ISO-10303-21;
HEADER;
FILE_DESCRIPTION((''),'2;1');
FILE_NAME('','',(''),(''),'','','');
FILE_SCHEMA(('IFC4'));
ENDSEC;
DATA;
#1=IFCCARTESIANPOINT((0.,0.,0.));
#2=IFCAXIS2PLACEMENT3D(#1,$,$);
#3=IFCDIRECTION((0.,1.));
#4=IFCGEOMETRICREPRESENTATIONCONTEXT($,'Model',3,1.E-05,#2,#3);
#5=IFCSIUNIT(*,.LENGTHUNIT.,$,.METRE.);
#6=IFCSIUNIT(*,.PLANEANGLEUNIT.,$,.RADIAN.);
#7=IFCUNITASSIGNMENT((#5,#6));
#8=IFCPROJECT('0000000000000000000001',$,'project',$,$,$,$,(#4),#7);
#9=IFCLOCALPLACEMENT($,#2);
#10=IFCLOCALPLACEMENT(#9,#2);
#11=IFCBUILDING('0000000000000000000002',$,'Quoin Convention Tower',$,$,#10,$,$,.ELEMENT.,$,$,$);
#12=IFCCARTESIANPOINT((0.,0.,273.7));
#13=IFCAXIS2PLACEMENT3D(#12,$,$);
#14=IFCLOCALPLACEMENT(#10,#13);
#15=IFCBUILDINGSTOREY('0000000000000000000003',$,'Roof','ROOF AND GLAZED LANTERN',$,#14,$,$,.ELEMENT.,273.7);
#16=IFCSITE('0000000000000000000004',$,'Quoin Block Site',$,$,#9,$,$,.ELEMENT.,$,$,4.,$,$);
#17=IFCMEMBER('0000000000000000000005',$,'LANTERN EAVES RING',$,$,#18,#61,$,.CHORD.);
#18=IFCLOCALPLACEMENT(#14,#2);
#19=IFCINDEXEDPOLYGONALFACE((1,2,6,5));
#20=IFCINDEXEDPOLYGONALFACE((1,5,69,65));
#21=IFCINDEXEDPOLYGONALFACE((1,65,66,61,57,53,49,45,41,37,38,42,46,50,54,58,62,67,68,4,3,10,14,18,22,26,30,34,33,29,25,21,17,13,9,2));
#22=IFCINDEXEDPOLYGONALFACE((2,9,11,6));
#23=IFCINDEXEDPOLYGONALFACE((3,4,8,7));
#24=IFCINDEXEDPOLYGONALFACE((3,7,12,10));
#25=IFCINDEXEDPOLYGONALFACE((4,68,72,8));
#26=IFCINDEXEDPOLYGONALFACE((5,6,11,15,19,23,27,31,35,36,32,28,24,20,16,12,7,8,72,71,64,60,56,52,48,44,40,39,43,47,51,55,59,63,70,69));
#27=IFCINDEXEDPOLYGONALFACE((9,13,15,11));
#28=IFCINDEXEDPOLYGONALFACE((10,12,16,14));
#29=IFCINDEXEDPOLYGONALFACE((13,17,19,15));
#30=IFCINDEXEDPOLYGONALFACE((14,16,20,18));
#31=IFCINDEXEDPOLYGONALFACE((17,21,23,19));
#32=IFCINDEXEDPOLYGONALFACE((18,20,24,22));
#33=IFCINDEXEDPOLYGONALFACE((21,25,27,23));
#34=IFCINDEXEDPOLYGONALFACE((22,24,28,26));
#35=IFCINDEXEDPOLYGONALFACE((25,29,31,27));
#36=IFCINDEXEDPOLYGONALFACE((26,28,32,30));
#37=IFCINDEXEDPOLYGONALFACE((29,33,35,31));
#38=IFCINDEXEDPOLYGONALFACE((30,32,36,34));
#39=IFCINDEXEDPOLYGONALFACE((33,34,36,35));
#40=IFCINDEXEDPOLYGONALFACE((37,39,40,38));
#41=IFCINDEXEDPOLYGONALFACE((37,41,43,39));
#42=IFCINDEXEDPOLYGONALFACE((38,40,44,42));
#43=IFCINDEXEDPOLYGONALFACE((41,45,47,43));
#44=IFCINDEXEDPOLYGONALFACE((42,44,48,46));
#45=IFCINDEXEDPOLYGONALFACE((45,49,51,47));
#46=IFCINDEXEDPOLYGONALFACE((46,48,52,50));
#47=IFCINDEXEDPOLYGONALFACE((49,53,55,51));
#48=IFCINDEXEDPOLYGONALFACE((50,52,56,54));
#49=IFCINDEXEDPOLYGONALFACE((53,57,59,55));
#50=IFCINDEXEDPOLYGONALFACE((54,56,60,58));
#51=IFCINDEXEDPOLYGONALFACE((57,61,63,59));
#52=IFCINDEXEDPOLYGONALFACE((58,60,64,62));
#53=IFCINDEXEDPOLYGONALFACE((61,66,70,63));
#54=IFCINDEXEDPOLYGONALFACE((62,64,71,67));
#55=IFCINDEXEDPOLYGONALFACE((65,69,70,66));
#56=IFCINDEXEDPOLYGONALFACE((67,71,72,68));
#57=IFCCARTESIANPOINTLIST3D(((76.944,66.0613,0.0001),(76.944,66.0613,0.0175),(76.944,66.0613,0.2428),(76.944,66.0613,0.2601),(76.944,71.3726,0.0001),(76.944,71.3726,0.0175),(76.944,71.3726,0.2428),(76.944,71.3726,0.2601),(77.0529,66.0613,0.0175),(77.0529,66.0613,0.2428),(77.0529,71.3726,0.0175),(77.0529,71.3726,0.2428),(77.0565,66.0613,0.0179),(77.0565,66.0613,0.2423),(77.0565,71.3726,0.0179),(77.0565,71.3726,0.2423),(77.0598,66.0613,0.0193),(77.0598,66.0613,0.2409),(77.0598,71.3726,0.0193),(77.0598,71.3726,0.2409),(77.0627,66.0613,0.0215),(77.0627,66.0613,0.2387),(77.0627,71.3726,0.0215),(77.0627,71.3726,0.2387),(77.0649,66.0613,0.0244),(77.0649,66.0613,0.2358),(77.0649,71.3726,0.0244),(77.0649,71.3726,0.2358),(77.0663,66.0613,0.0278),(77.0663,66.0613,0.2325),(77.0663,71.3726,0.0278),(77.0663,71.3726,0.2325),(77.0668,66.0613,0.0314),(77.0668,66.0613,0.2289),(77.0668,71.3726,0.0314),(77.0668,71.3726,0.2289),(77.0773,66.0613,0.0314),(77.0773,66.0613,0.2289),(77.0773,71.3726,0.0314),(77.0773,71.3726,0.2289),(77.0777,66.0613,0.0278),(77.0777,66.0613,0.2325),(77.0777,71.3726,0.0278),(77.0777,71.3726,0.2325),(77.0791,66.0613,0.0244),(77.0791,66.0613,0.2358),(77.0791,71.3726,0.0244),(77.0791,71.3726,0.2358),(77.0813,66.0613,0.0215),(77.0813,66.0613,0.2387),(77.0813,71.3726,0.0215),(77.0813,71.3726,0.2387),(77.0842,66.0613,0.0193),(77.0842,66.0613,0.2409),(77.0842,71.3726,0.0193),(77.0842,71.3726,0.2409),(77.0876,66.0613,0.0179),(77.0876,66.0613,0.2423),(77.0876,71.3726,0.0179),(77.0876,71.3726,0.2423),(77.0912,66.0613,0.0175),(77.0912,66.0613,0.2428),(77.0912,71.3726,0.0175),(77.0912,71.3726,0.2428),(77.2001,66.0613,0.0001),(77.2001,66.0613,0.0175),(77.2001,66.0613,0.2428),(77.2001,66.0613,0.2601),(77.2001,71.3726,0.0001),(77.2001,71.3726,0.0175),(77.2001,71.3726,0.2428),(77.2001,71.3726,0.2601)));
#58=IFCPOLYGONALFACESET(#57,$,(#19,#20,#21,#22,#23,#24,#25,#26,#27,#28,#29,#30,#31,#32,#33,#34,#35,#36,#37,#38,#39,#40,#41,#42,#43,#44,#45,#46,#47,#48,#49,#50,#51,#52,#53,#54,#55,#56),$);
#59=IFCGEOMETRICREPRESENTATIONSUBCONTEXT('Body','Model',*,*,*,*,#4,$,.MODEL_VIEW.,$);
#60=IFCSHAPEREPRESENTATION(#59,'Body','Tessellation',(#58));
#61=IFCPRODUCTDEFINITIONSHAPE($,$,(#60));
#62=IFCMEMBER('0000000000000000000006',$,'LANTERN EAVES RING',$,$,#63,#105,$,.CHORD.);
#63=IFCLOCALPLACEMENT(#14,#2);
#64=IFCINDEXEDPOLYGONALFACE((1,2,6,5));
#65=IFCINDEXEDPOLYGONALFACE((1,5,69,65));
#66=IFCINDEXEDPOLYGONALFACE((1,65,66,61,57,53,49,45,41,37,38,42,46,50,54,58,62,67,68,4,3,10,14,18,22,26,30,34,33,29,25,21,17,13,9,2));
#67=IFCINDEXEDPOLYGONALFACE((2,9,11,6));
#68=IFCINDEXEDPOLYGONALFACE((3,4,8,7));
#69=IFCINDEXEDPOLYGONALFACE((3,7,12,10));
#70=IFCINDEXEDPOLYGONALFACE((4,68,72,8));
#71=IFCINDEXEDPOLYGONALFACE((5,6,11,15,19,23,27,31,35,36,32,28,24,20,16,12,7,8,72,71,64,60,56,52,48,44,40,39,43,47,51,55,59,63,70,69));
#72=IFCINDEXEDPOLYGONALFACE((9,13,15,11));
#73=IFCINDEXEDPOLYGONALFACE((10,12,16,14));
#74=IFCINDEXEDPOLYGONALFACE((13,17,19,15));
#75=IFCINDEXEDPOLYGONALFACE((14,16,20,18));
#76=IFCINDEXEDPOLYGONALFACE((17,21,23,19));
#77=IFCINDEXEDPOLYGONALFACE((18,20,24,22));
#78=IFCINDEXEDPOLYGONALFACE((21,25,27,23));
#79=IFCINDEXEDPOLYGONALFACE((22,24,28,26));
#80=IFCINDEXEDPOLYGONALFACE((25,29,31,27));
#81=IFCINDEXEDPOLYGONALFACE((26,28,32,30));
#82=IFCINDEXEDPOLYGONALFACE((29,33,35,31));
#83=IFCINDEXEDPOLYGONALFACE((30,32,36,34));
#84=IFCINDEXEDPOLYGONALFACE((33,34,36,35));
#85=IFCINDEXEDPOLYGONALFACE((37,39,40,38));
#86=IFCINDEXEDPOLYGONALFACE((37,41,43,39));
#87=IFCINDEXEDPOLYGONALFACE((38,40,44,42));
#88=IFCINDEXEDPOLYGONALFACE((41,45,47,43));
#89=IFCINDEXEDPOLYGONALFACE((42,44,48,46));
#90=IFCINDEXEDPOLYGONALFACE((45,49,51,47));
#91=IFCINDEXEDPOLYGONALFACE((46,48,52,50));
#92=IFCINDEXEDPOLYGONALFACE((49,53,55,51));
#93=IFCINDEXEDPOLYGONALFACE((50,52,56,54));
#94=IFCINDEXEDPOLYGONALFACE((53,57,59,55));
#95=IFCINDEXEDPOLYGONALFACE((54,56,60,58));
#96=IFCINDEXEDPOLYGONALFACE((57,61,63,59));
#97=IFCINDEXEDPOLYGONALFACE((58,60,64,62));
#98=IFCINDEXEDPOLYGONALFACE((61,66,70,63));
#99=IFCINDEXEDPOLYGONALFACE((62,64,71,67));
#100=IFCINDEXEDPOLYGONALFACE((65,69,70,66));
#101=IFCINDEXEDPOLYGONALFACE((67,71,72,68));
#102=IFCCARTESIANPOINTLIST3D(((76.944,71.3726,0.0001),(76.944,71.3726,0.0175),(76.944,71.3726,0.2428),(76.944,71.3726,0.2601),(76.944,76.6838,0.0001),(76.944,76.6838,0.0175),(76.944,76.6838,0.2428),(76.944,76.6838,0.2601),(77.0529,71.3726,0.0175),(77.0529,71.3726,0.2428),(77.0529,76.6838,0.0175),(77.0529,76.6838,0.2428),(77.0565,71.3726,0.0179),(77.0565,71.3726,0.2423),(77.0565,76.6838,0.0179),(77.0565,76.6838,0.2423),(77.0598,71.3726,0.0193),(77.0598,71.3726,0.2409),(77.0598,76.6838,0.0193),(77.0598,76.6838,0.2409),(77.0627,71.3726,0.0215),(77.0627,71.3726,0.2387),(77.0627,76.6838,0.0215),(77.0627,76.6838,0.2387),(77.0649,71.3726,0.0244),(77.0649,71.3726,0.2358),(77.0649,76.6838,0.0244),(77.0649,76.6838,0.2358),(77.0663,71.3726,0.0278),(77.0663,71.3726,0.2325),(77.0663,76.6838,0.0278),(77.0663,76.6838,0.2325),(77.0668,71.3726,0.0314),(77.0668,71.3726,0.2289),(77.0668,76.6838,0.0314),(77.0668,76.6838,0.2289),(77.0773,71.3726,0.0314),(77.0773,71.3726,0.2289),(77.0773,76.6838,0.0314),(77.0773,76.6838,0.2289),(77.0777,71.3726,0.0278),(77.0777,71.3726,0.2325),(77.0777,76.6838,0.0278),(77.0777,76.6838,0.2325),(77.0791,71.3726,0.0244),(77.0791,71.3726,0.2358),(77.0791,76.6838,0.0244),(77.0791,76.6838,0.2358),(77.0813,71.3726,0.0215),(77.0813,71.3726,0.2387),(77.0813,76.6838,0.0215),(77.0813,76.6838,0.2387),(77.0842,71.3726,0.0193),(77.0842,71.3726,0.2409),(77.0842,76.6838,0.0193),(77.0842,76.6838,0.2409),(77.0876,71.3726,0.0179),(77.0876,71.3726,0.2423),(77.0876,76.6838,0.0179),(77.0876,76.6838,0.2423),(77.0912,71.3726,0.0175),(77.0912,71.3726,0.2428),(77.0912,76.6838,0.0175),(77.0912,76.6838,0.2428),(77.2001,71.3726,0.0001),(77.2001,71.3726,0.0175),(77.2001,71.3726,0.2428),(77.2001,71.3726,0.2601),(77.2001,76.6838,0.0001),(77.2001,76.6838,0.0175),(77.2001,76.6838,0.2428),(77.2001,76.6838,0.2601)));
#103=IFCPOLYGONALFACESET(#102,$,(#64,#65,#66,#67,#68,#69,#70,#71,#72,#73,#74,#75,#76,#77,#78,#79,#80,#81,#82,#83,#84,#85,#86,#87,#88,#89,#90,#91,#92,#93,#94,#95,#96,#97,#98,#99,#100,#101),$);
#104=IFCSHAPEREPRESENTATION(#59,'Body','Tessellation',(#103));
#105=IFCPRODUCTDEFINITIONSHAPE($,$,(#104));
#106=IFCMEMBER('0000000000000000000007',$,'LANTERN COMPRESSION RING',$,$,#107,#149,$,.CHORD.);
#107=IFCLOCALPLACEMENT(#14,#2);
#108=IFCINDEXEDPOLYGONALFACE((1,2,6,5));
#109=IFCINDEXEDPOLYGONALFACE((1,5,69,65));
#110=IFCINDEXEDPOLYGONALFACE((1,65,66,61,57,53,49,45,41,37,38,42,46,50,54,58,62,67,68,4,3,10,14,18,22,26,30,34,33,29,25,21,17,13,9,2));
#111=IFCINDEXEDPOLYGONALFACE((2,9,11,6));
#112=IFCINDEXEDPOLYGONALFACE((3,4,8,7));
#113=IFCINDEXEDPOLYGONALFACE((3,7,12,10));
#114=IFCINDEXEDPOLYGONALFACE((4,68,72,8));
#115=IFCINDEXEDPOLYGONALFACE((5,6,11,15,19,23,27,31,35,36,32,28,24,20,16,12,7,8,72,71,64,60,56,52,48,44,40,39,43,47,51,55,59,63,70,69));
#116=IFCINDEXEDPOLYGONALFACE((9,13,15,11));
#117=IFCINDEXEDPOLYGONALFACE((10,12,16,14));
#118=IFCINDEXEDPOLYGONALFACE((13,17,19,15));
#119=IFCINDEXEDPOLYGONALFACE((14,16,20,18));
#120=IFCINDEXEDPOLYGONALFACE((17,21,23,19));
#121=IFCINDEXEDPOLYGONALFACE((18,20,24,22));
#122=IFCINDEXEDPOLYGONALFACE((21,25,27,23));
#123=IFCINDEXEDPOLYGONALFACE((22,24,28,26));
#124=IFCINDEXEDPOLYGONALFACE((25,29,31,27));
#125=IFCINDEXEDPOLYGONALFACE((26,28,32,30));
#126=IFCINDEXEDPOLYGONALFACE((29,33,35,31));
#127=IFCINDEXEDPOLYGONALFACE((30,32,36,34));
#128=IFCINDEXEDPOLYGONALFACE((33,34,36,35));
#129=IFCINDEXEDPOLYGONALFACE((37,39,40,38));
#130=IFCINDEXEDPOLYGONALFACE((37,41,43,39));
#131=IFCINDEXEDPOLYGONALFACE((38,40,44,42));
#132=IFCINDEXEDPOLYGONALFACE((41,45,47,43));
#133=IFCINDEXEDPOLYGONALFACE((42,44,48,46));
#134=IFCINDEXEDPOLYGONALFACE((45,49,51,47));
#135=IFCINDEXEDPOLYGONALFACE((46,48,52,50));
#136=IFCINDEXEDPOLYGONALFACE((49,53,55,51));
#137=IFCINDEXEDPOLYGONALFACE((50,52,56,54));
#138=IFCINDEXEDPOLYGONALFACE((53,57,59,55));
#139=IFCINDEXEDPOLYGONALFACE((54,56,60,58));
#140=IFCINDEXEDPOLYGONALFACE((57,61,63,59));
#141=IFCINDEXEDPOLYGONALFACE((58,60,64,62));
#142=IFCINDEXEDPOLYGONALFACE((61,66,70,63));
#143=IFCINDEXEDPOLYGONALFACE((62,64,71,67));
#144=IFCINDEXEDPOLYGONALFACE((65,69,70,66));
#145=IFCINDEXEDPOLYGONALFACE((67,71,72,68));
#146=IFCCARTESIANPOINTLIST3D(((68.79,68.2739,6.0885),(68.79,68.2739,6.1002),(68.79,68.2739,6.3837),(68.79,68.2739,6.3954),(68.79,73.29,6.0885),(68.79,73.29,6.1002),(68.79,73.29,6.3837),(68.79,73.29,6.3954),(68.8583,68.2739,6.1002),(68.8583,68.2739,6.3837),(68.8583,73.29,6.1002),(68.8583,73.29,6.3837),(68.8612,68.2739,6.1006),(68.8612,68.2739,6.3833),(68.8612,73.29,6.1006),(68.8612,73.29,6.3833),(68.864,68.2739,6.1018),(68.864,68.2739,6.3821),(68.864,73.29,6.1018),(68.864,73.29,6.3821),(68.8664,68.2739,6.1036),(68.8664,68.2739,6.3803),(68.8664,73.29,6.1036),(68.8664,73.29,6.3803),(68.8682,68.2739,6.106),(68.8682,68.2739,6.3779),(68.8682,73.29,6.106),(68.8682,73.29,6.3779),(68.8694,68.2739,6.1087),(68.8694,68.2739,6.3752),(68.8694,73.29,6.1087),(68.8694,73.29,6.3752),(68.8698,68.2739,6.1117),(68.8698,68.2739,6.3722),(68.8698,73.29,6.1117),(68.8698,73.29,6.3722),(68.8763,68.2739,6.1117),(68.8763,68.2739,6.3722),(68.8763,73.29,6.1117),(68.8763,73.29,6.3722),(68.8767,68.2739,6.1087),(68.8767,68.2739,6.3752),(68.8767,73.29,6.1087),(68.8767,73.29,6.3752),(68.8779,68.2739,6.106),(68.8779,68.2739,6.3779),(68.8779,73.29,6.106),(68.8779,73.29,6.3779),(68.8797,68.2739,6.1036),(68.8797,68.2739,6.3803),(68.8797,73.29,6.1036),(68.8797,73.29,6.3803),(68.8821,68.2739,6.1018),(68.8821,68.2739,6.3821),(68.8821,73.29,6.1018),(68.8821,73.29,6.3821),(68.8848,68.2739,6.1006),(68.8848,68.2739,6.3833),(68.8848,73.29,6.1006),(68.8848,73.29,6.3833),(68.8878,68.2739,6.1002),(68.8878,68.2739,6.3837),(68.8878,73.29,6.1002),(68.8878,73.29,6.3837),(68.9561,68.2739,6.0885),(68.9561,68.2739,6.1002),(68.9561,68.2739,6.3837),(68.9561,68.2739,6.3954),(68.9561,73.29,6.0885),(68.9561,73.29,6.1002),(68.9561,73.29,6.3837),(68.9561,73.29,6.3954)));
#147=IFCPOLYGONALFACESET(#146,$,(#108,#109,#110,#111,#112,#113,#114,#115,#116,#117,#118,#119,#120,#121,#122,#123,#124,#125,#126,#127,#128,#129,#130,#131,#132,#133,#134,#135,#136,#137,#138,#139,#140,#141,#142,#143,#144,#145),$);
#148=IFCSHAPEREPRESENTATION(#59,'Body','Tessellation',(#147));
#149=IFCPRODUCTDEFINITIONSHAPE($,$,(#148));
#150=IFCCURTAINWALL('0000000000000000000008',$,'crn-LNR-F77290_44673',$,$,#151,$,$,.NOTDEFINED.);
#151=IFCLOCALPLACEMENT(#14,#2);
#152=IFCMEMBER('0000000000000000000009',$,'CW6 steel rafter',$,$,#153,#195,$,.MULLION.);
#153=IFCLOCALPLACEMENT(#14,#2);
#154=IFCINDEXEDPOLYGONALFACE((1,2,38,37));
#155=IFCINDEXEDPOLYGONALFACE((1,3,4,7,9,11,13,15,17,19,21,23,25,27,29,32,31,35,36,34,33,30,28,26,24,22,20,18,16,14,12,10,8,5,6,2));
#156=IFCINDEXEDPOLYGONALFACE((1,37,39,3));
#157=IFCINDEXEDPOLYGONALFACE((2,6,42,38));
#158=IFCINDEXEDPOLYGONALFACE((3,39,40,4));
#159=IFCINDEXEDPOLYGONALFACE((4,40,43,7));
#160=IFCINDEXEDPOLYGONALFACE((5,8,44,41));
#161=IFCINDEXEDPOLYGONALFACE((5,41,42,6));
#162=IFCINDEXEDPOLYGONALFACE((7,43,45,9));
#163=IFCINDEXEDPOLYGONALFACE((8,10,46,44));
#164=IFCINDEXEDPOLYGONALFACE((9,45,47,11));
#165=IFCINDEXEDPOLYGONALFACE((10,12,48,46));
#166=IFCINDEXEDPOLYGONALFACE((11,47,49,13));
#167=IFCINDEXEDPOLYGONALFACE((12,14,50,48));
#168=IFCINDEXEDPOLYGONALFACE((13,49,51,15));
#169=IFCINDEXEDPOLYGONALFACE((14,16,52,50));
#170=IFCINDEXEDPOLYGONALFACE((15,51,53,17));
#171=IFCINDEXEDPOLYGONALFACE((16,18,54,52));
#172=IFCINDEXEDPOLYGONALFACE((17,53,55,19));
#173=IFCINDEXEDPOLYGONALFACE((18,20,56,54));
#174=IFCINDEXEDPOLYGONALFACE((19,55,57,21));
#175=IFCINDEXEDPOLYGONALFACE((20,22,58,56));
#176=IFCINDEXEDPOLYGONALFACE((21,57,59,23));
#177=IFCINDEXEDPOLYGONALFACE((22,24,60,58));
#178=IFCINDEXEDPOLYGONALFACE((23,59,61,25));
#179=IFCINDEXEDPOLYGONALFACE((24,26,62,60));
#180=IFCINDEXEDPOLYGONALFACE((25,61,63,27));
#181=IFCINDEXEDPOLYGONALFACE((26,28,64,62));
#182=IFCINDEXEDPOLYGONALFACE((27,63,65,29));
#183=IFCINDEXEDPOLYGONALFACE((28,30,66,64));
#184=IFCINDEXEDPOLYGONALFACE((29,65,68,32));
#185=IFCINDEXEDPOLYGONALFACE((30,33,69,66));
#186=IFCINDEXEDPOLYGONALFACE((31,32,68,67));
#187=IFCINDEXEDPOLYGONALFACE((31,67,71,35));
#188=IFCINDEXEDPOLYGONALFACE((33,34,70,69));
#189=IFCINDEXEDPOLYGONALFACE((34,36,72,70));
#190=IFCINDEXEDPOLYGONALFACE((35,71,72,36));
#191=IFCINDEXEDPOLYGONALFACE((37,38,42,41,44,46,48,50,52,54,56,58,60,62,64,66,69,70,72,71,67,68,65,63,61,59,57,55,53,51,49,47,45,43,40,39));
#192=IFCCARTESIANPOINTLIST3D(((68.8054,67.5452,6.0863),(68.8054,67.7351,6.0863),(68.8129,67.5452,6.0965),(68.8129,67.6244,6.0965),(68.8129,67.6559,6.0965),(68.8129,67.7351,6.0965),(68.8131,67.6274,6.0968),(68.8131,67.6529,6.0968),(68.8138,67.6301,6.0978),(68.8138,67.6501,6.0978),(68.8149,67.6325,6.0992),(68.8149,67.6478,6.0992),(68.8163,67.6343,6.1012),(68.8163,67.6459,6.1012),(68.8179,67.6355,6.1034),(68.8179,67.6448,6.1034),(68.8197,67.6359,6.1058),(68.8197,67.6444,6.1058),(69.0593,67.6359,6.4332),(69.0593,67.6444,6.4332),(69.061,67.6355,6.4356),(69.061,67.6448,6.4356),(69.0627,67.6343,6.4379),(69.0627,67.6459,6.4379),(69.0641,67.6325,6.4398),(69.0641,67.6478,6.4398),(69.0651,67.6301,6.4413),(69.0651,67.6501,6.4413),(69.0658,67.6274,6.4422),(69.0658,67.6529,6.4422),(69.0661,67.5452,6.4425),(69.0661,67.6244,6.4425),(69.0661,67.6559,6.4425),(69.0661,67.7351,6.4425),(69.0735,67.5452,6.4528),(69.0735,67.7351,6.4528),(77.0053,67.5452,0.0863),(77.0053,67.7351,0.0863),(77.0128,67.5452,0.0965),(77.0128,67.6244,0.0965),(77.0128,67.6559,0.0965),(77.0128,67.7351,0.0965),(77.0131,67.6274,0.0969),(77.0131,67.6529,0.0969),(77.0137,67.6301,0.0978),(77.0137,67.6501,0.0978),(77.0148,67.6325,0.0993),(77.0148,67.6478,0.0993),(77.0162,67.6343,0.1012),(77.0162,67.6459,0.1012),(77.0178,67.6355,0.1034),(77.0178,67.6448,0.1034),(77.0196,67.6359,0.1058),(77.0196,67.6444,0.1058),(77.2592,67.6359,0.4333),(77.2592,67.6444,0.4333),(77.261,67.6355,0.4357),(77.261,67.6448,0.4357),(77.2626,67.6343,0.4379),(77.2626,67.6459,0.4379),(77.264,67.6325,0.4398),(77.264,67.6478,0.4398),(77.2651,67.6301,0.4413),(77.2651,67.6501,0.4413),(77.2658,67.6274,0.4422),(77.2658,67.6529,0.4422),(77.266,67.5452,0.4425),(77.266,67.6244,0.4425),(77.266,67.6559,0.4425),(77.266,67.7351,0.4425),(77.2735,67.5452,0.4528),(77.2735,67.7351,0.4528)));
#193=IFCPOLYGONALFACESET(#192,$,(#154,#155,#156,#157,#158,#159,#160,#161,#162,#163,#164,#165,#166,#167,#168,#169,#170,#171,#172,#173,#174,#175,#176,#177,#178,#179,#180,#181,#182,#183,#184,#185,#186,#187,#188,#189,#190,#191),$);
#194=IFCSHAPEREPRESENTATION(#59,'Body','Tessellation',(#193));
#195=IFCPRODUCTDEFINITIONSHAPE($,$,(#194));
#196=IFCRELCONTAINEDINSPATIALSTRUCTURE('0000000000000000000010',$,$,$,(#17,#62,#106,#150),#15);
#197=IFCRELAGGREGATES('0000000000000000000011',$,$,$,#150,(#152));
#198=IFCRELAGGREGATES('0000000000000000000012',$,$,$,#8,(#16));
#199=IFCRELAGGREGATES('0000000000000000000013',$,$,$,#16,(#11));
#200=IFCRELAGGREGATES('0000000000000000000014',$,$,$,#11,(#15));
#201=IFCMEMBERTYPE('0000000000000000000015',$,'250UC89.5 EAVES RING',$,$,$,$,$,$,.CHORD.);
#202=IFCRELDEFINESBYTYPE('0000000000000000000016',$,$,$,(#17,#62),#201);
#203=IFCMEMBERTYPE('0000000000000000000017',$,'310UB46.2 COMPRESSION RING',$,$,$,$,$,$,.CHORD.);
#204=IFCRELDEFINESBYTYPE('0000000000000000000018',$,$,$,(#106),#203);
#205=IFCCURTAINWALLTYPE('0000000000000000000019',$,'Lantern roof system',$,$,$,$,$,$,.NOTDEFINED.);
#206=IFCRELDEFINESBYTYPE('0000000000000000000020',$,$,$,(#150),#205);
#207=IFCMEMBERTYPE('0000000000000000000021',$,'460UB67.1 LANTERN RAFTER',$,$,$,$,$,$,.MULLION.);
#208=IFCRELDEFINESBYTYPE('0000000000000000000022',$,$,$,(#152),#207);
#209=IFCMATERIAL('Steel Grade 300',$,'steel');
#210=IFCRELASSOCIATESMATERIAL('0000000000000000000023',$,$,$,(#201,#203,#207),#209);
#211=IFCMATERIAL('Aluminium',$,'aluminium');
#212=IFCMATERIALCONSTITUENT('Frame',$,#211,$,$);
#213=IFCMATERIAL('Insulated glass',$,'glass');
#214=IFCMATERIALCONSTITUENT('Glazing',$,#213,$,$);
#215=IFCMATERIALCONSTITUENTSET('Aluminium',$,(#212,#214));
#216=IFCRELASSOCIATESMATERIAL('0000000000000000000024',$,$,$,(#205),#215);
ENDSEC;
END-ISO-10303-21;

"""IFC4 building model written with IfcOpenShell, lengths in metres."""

from ifc_helpers import new_model, si_unit, direction, frame, origin, origin_2d, place, context, subcontext, project, spatial, i_section, extrude, material, constituent, constituent_set, material_profile, profile_set, type_object, element, aggregate, save


model = new_model("IFC4")

# Units and contexts
model_context = context("Model", 3, precision=1e-05, world=origin(), true_north=direction((0.0, 1.0)))
body_context = subcontext(model_context, "Body", "Model", "MODEL_VIEW")
ifc_project = project(units=[si_unit("LENGTHUNIT", "METRE"), si_unit("PLANEANGLEUNIT", "RADIAN")], contexts=[model_context])

# Site, building, storey
site_placement = place(None, origin())
site = spatial("IfcSite", under=ifc_project, at=site_placement, Name="Quoin Block Site", CompositionType="ELEMENT", RefElevation=4.0)
building_placement = place(site_placement, origin())
building = spatial("IfcBuilding", under=site, at=building_placement, Name="Quoin Convention Tower", CompositionType="ELEMENT")
storey_placement = place(building_placement, frame((0.0, 0.0, 273.7)))
storey = spatial("IfcBuildingStorey", under=building, at=storey_placement, Name="Roof", Description="ROOF AND GLAZED LANTERN", CompositionType="ELEMENT", Elevation=273.7)

# Members
ifc_material_1 = material(Name="Steel Grade 300", Category="steel")
ifc_material_profile_1 = material_profile(ifc_material_1, i_section(OverallWidth=0.2561, OverallDepth=0.26, WebThickness=0.0105, FlangeThickness=0.0173, FilletRadius=0.0139, at=origin_2d()), Name="250UC89.5")
ifc_profile_set_1 = profile_set([ifc_material_profile_1], Name="Steel Grade 300")
member_type_1 = type_object("IfcMemberType", Name="250UC89.5 EAVES RING", PredefinedType="CHORD", material=ifc_profile_set_1)
for number, where, z_axis, x_axis, name in (
    (1, (77.072, 66.0613, 0.1301), (0.0, 1.0, 0.0), (-1.0, 0.0, 0.0), "LANTERN EAVES RING"),
    (2, (77.072, 71.3726, 0.1301), (0.0, 1.0, 0.0), (-1.0, 0.0, 0.0), "LANTERN EAVES RING"),
):
    element("IfcMember", number, at=place(storey_placement, frame(where, z_axis=z_axis, x_axis=x_axis)), inside=storey, type_object=member_type_1, Name=name, PredefinedType="CHORD", context=body_context, shape_type="SweptSolid", body=[
        extrude(i_section(OverallWidth=0.2561, OverallDepth=0.26, WebThickness=0.0105, FlangeThickness=0.0173, FilletRadius=0.0139, at=origin_2d()), origin(), (0.0, 0.0, 1.0), 5.3113),
    ])
ifc_material_profile_2 = material_profile(ifc_material_1, i_section(OverallWidth=0.166, OverallDepth=0.3069, WebThickness=0.0066, FlangeThickness=0.0117, FilletRadius=0.0115, at=origin_2d()), Name="310UB46.2")
ifc_profile_set_2 = profile_set([ifc_material_profile_2], Name="Steel Grade 300")
member_type_2 = type_object("IfcMemberType", Name="310UB46.2 COMPRESSION RING", PredefinedType="CHORD", material=ifc_profile_set_2)
member_1_placement = place(storey_placement, frame((68.873, 68.2739, 6.2419), z_axis=(0.0, 1.0, 0.0), x_axis=(-1.0, 0.0, 0.0)))
element("IfcMember", 3, at=member_1_placement, inside=storey, type_object=member_type_2, Name="LANTERN COMPRESSION RING", PredefinedType="CHORD", context=body_context, shape_type="SweptSolid", body=[
    extrude(i_section(OverallWidth=0.166, OverallDepth=0.3069, WebThickness=0.0066, FlangeThickness=0.0117, FilletRadius=0.0115, at=origin_2d()), origin(), (0.0, 0.0, 1.0), 5.0161),
])

# Curtain wall, member
ifc_material_2 = material(Name="Aluminium", Category="aluminium")
ifc_constituent_1 = constituent(ifc_material_2, Name="Frame")
ifc_material_3 = material(Name="Insulated glass", Category="glass")
ifc_constituent_2 = constituent(ifc_material_3, Name="Glazing")
ifc_constituent_set = constituent_set(constituents=[ifc_constituent_1, ifc_constituent_2], Name="Aluminium")
curtain_wall_type = type_object("IfcCurtainWallType", Name="Lantern roof system", PredefinedType="NOTDEFINED", material=ifc_constituent_set)
curtain_wall_1_placement = place(storey_placement, origin())
curtain_wall_1 = element("IfcCurtainWall", 4, at=curtain_wall_1_placement, inside=storey, type_object=curtain_wall_type, Name="crn-LNR-F77290_44673", PredefinedType="NOTDEFINED")
ifc_material_profile_3 = material_profile(ifc_material_1, i_section(OverallWidth=0.1899, OverallDepth=0.4541, WebThickness=0.0085, FlangeThickness=0.0127, FilletRadius=0.0115, at=origin_2d()), Name="460UB67.1")
ifc_profile_set_3 = profile_set([ifc_material_profile_3], Name="Steel Grade 300")
member_type_3 = type_object("IfcMemberType", Name="460UB67.1 LANTERN RAFTER", PredefinedType="MULLION", material=ifc_profile_set_3)
member_2_placement = place(storey_placement, frame((77.1394, 67.6401, 0.2695), z_axis=(-0.807029, 0.0, 0.590512), x_axis=(0.0, -1.0, 0.0)))
member_2 = element("IfcMember", 5, at=member_2_placement, type_object=member_type_3, Name="CW6 steel rafter", PredefinedType="MULLION", context=body_context, shape_type="SweptSolid", body=[
    extrude(i_section(OverallWidth=0.1899, OverallDepth=0.4541, WebThickness=0.0085, FlangeThickness=0.0127, FilletRadius=0.0115, at=origin_2d()), origin(), (0.0, 0.0, 1.0), 10.1606),
])

aggregate(curtain_wall_1, [member_2])

save(model, "model.ifc")
